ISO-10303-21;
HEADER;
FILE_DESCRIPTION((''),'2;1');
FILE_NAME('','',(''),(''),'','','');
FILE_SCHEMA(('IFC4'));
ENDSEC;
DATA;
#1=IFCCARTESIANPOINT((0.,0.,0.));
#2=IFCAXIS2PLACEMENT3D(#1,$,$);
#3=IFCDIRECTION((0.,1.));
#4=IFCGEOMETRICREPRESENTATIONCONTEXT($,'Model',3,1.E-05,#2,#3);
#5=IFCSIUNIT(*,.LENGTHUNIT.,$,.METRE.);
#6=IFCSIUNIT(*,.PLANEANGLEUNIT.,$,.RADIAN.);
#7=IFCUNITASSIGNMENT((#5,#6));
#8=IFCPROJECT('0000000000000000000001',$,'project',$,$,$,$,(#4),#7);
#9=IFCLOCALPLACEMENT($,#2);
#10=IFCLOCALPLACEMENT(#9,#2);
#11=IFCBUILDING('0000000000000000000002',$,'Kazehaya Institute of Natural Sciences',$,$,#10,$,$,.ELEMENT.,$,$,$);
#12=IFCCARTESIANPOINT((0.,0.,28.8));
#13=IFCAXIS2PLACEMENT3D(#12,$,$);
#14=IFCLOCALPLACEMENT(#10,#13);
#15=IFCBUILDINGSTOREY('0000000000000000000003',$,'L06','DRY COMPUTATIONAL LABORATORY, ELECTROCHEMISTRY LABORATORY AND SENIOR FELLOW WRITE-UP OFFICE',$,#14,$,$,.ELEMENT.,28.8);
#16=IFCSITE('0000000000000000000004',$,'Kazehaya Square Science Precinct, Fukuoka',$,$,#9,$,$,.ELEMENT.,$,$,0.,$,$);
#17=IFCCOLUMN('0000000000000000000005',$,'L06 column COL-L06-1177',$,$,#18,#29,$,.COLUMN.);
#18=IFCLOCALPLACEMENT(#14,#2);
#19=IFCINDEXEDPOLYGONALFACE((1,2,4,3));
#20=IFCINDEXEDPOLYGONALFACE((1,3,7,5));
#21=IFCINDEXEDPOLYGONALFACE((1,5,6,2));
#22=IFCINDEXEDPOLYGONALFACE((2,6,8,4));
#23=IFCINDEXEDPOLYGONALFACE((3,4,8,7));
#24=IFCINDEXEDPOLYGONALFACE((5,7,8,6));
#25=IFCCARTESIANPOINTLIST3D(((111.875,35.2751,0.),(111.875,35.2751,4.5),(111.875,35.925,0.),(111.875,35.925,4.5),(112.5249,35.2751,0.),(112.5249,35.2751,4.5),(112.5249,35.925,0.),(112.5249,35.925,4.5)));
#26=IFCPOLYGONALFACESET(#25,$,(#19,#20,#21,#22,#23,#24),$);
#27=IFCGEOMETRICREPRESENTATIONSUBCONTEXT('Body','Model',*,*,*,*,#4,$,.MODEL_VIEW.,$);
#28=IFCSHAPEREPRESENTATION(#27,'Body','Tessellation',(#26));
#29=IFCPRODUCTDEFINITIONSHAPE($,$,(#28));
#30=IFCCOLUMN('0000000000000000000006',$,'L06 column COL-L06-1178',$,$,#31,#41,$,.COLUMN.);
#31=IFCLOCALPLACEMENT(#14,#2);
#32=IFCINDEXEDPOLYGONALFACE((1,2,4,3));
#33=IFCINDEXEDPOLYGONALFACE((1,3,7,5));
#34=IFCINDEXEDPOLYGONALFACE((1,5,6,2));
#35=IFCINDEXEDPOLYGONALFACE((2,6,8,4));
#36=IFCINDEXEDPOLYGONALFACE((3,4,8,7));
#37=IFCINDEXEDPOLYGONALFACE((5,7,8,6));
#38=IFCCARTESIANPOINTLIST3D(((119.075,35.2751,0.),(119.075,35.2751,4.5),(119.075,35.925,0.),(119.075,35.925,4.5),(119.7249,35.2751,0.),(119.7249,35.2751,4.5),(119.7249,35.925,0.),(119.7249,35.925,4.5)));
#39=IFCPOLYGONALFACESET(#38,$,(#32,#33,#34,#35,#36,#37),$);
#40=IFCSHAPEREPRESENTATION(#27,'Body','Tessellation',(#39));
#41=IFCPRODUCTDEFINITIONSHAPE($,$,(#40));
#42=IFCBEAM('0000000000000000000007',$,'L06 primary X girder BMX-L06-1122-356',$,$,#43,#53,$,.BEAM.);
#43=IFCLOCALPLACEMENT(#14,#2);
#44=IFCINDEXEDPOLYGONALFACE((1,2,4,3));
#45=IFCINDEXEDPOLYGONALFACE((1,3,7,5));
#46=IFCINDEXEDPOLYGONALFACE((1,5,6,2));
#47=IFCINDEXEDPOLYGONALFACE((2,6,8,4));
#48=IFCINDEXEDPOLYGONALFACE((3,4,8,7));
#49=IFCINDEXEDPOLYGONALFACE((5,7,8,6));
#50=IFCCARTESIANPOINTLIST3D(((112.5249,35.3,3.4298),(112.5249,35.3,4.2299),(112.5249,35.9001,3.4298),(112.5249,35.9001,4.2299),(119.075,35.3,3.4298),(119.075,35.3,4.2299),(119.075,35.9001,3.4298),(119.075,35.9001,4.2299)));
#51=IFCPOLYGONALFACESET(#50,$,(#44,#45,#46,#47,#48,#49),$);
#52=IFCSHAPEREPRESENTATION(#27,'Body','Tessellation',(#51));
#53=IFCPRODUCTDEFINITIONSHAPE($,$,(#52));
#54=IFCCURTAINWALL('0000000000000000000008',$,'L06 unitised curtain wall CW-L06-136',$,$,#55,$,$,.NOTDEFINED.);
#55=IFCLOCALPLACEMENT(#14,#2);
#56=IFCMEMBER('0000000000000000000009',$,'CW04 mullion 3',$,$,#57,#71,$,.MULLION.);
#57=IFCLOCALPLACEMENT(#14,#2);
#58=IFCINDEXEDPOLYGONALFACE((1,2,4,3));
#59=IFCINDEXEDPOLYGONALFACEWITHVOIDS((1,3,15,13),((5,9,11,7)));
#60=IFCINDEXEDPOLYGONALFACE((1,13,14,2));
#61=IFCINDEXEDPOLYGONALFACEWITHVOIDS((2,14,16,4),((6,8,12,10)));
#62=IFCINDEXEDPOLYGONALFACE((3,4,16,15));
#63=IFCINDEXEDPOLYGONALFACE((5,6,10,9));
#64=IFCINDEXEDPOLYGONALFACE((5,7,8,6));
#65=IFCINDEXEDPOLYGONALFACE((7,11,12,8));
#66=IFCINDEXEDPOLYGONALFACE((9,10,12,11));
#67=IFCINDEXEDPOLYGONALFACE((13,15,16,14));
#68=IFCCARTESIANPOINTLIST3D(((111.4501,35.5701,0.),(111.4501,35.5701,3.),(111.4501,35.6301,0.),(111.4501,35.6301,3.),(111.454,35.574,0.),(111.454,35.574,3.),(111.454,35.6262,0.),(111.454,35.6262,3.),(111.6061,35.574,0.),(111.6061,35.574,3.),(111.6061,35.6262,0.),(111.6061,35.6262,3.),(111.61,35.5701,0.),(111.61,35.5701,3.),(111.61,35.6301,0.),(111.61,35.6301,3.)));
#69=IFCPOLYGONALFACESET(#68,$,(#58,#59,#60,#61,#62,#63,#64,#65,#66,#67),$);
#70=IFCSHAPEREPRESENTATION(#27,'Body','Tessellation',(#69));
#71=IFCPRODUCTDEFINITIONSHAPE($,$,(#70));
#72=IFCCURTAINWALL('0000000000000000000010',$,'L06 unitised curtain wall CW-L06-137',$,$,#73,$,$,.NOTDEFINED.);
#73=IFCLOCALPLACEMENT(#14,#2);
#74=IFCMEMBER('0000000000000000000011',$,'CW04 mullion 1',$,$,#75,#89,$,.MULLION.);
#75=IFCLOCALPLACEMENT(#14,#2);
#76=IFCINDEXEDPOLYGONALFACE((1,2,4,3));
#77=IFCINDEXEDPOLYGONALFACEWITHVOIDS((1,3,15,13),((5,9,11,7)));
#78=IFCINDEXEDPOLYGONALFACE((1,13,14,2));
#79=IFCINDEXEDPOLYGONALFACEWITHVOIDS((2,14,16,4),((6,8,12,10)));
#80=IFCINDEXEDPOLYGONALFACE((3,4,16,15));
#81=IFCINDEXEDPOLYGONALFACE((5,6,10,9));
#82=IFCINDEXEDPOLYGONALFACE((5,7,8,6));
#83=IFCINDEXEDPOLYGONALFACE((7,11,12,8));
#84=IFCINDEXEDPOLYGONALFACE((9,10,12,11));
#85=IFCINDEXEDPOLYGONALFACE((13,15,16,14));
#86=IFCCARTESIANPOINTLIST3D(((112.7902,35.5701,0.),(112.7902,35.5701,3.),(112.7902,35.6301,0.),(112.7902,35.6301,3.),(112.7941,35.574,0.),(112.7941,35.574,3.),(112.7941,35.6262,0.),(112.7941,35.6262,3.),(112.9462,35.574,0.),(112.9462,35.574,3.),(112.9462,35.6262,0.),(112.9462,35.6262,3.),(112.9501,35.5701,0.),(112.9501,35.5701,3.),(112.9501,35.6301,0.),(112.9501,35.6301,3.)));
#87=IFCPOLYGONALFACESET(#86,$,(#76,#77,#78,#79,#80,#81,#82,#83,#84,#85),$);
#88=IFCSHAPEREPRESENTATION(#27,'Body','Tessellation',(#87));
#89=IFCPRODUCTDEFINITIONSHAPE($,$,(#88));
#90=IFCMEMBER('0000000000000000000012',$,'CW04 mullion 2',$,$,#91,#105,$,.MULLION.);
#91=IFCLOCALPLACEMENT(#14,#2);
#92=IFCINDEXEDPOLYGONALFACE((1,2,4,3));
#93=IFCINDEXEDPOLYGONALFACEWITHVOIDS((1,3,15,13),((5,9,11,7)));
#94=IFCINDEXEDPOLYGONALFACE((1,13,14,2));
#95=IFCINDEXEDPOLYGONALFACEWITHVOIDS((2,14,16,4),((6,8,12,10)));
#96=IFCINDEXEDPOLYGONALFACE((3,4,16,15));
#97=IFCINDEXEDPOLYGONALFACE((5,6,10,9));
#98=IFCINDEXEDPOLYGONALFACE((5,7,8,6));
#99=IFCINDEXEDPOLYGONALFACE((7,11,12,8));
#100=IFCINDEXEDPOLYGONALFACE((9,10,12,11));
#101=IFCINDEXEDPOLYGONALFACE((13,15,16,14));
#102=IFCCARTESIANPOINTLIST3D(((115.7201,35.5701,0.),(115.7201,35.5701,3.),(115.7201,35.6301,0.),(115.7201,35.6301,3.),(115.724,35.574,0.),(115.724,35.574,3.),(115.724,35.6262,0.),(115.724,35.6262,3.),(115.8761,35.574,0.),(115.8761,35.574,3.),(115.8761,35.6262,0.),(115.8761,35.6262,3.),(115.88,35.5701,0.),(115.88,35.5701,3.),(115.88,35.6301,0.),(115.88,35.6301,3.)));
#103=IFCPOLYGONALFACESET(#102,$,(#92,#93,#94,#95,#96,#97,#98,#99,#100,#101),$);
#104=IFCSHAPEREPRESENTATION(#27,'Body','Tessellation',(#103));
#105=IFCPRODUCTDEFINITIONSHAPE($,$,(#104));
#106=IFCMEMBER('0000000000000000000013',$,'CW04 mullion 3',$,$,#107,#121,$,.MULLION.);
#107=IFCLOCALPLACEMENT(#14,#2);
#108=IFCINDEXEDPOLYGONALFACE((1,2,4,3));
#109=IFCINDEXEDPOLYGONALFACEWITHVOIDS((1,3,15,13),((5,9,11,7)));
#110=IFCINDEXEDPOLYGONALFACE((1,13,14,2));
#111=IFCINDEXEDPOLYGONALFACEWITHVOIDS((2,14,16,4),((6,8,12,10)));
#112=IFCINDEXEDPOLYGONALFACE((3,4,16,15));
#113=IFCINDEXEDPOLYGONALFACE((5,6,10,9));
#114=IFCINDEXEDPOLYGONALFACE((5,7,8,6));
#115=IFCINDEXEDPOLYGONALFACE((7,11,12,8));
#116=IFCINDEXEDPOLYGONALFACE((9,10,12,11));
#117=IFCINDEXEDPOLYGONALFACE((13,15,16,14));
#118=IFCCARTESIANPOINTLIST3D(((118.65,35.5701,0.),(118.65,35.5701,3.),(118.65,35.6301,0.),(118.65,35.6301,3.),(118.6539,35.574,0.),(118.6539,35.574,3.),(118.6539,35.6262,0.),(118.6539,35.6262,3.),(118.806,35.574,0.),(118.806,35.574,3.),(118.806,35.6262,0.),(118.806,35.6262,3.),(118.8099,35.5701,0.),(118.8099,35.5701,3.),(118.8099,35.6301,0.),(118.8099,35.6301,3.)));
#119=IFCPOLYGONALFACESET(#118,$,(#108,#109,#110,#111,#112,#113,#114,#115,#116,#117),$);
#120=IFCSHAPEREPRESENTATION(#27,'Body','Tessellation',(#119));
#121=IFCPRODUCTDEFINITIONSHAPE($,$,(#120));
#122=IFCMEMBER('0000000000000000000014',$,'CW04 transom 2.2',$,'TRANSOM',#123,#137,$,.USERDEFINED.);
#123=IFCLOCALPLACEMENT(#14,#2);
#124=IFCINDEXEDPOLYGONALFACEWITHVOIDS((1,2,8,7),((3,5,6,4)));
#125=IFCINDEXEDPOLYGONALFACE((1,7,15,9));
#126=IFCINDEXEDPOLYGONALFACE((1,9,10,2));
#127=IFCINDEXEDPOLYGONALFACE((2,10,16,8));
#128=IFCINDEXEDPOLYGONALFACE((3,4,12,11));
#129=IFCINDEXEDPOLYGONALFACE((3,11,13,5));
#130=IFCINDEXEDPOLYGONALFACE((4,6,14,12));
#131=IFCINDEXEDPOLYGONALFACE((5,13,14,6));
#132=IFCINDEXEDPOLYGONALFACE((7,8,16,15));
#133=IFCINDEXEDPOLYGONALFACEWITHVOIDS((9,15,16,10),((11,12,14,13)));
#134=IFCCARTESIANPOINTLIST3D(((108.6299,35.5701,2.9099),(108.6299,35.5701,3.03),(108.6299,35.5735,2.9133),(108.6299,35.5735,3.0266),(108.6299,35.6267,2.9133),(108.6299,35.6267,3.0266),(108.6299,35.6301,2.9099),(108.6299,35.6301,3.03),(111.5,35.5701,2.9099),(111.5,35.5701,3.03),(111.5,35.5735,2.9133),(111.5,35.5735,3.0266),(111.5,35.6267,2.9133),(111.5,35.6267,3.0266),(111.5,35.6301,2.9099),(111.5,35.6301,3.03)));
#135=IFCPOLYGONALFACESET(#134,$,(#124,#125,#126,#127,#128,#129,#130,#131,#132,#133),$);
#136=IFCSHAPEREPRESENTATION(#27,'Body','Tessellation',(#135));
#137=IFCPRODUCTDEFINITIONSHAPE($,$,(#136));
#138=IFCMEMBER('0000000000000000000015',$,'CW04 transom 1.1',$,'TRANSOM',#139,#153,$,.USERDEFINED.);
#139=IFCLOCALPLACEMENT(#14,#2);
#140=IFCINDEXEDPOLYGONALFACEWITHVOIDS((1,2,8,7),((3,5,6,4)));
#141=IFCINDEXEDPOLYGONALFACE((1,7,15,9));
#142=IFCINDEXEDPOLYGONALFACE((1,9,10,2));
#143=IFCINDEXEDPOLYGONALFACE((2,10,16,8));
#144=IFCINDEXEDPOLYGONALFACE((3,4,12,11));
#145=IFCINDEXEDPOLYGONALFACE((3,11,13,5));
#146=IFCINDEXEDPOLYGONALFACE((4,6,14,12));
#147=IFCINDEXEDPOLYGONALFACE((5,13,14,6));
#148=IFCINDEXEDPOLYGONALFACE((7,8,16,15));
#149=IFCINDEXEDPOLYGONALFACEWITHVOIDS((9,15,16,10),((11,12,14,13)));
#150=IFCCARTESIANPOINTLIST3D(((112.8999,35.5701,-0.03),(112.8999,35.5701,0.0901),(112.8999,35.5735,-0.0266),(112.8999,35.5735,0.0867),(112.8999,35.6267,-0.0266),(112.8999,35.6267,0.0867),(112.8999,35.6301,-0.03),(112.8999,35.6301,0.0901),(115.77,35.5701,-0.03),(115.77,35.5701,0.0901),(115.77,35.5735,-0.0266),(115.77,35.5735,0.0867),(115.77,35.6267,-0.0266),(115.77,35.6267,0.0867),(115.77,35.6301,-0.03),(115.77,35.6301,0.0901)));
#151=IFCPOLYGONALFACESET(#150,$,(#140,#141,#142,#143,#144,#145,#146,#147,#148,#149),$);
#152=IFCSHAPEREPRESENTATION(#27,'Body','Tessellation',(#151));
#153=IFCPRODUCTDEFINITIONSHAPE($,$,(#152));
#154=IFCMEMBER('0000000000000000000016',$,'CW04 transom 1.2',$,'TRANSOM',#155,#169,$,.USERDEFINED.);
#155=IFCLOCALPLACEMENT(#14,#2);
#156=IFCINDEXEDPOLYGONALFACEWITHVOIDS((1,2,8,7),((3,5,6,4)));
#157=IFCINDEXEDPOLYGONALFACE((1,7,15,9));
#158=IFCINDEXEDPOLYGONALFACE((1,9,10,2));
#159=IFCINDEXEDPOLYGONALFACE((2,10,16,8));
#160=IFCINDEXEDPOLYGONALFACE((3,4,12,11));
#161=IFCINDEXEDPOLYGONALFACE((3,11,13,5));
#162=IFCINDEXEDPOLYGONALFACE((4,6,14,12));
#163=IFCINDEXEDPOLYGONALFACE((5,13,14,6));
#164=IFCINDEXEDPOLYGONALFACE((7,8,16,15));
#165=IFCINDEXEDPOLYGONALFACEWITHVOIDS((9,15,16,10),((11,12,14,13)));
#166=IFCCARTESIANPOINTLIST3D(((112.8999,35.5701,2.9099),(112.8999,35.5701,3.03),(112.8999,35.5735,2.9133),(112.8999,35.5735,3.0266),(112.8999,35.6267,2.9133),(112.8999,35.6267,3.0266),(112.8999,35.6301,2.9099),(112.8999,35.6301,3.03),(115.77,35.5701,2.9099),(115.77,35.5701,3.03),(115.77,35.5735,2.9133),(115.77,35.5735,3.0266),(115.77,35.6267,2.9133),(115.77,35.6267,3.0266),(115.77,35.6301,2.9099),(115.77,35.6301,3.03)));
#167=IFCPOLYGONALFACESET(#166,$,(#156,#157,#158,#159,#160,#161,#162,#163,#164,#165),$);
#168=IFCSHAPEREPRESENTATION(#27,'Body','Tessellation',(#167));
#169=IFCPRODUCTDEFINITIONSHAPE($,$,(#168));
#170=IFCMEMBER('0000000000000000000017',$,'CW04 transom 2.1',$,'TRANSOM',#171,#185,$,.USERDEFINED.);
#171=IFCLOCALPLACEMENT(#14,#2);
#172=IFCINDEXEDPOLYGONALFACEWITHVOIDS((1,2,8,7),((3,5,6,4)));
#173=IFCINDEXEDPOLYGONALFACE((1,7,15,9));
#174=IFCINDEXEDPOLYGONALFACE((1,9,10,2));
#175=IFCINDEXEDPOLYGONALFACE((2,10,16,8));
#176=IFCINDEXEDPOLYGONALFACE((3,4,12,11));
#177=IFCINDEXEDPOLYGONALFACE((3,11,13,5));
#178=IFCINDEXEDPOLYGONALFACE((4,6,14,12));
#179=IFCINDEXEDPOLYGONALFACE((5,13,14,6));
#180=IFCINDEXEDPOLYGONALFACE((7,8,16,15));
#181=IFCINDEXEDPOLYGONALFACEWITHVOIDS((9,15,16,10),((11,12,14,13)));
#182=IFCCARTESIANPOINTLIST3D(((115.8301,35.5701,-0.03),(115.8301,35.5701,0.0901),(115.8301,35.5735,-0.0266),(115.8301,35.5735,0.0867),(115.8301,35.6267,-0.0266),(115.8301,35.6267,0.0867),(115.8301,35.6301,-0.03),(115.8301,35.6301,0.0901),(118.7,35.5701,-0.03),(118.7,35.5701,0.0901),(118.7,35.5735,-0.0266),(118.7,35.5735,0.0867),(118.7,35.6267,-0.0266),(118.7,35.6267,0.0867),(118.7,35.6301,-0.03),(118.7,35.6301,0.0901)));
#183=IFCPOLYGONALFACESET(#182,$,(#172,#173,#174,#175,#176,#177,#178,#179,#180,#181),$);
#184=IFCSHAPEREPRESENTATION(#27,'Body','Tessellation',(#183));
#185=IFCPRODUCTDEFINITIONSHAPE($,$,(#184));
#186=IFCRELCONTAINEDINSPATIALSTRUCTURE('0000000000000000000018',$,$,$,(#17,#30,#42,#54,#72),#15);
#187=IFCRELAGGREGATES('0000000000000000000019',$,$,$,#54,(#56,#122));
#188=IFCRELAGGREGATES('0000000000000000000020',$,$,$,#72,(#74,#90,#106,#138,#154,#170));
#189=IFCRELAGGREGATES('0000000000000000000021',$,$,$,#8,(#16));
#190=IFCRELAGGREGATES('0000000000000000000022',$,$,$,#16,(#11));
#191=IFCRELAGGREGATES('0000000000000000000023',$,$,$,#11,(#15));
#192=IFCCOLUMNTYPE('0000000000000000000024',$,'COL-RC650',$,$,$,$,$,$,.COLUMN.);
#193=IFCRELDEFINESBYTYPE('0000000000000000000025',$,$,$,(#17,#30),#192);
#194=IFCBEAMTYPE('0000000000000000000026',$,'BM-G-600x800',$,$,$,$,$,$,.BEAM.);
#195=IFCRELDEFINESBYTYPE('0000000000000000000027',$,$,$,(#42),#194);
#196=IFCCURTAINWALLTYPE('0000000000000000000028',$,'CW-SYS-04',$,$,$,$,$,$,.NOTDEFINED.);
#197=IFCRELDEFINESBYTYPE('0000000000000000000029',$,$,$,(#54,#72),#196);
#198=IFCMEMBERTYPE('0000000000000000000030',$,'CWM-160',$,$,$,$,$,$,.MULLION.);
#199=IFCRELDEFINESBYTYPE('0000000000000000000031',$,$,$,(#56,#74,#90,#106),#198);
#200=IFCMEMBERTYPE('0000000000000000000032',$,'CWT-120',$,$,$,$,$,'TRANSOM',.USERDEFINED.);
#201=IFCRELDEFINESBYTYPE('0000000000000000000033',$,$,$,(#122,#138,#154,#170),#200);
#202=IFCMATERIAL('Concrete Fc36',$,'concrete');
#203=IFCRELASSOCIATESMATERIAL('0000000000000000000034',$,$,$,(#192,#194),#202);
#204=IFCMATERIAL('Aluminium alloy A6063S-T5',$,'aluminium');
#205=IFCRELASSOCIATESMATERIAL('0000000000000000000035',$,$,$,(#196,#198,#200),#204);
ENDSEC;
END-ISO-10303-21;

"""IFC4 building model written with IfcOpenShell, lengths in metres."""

from ifc_helpers import new_model, si_unit, direction, frame, origin, origin_2d, place, context, subcontext, project, spatial, rectangle, hollow_rectangle, extrude, material, material_profile, profile_set, type_object, element, aggregate, save


model = new_model("IFC4")

# Units and contexts
model_context = context("Model", 3, precision=1e-05, world=origin(), true_north=direction((0.0, 1.0)))
body_context = subcontext(model_context, "Body", "Model", "MODEL_VIEW")
ifc_project = project(units=[si_unit("LENGTHUNIT", "METRE"), si_unit("PLANEANGLEUNIT", "RADIAN")], contexts=[model_context])

# Site, building, storey
site_placement = place(None, origin())
site = spatial("IfcSite", under=ifc_project, at=site_placement, Name="Kazehaya Square Science Precinct, Fukuoka", CompositionType="ELEMENT", RefElevation=0.0)
building_placement = place(site_placement, origin())
building = spatial("IfcBuilding", under=site, at=building_placement, Name="Kazehaya Institute of Natural Sciences", CompositionType="ELEMENT")
storey_placement = place(building_placement, frame((0.0, 0.0, 28.8)))
storey = spatial("IfcBuildingStorey", under=building, at=storey_placement, Name="L06", Description="DRY COMPUTATIONAL LABORATORY, ELECTROCHEMISTRY LABORATORY AND SENIOR FELLOW WRITE-UP OFFICE", CompositionType="ELEMENT", Elevation=28.8)

# Columns
ifc_material_1 = material(Name="Concrete Fc36", Category="concrete")
ifc_material_profile_1 = material_profile(ifc_material_1, rectangle(XDim=0.6499, YDim=0.6499, at=origin_2d()), Name="RC-650x650")
ifc_profile_set_1 = profile_set([ifc_material_profile_1], Name="Concrete Fc36")
column_type = type_object("IfcColumnType", Name="COL-RC650", PredefinedType="COLUMN", material=ifc_profile_set_1)
for number, where, z_axis, x_axis, name in (
    (1, (112.2, 35.6001, 0.0), (0.0, 0.0, 1.0), (1.0, 0.0, 0.0), "L06 column COL-L06-1177"),
    (2, (119.3999, 35.6001, 0.0), (0.0, 0.0, 1.0), (1.0, 0.0, 0.0), "L06 column COL-L06-1178"),
):
    element("IfcColumn", number, at=place(storey_placement, frame(where, z_axis=z_axis, x_axis=x_axis)), inside=storey, type_object=column_type, Name=name, PredefinedType="COLUMN", context=body_context, shape_type="SweptSolid", body=[
        extrude(rectangle(XDim=0.6499, YDim=0.6499, at=origin_2d()), origin(), (0.0, 0.0, 1.0), 4.5),
    ])

# Beam
ifc_material_profile_2 = material_profile(ifc_material_1, rectangle(XDim=0.6001, YDim=0.8, at=origin_2d()), Name="RC-600x800")
ifc_profile_set_2 = profile_set([ifc_material_profile_2], Name="Concrete Fc36")
beam_type = type_object("IfcBeamType", Name="BM-G-600x800", PredefinedType="BEAM", material=ifc_profile_set_2)
beam_placement = place(storey_placement, frame((112.5249, 35.6001, 3.8298), z_axis=(1.0, 0.0, 0.0), x_axis=(0.0, 1.0, 0.0)))
element("IfcBeam", 3, at=beam_placement, inside=storey, type_object=beam_type, Name="L06 primary X girder BMX-L06-1122-356", PredefinedType="BEAM", context=body_context, shape_type="SweptSolid", body=[
    extrude(rectangle(XDim=0.6001, YDim=0.8, at=origin_2d()), origin(), (0.0, 0.0, 1.0), 6.55),
])

# Curtain wall, member
ifc_material_2 = material(Name="Aluminium alloy A6063S-T5", Category="aluminium")
curtain_wall_type = type_object("IfcCurtainWallType", Name="CW-SYS-04", PredefinedType="NOTDEFINED", material=ifc_material_2)
curtain_wall_1_placement = place(storey_placement, origin())
curtain_wall_1 = element("IfcCurtainWall", 4, at=curtain_wall_1_placement, inside=storey, type_object=curtain_wall_type, Name="L06 unitised curtain wall CW-L06-136", PredefinedType="NOTDEFINED")
ifc_material_profile_3 = material_profile(ifc_material_2, hollow_rectangle(XDim=0.0601, YDim=0.1599, WallThickness=0.0039, at=origin_2d()), Name="ALU-60x160x4")
ifc_profile_set_3 = profile_set([ifc_material_profile_3], Name="Aluminium alloy A6063S-T5")
member_type_1 = type_object("IfcMemberType", Name="CWM-160", PredefinedType="MULLION", material=ifc_profile_set_3)
member_1_placement = place(storey_placement, frame((111.53, 35.6001, 0.0), z_axis=(0.0, 0.0, 1.0), x_axis=(0.0, 1.0, 0.0)))
member_1 = element("IfcMember", 5, at=member_1_placement, type_object=member_type_1, Name="CW04 mullion 3", PredefinedType="MULLION", context=body_context, shape_type="SweptSolid", body=[
    extrude(hollow_rectangle(XDim=0.0601, YDim=0.1599, WallThickness=0.0039, at=origin_2d()), origin(), (0.0, 0.0, 1.0), 3.0),
])

# Curtain wall, members
curtain_wall_2_placement = place(storey_placement, origin())
curtain_wall_2 = element("IfcCurtainWall", 6, at=curtain_wall_2_placement, inside=storey, type_object=curtain_wall_type, Name="L06 unitised curtain wall CW-L06-137", PredefinedType="NOTDEFINED")
member_2_placement = place(storey_placement, frame((112.8701, 35.6001, 0.0), z_axis=(0.0, 0.0, 1.0), x_axis=(0.0, 1.0, 0.0)))
member_2 = element("IfcMember", 7, at=member_2_placement, type_object=member_type_1, Name="CW04 mullion 1", PredefinedType="MULLION", context=body_context, shape_type="SweptSolid", body=[
    extrude(hollow_rectangle(XDim=0.0601, YDim=0.1599, WallThickness=0.0039, at=origin_2d()), origin(), (0.0, 0.0, 1.0), 3.0),
])
member_3_placement = place(storey_placement, frame((115.8, 35.6001, 0.0), z_axis=(0.0, 0.0, 1.0), x_axis=(0.0, 1.0, 0.0)))
member_3 = element("IfcMember", 8, at=member_3_placement, type_object=member_type_1, Name="CW04 mullion 2", PredefinedType="MULLION", context=body_context, shape_type="SweptSolid", body=[
    extrude(hollow_rectangle(XDim=0.0601, YDim=0.1599, WallThickness=0.0039, at=origin_2d()), origin(), (0.0, 0.0, 1.0), 3.0),
])
member_4_placement = place(storey_placement, frame((118.73, 35.6001, 0.0), z_axis=(0.0, 0.0, 1.0), x_axis=(0.0, 1.0, 0.0)))
member_4 = element("IfcMember", 9, at=member_4_placement, type_object=member_type_1, Name="CW04 mullion 3", PredefinedType="MULLION", context=body_context, shape_type="SweptSolid", body=[
    extrude(hollow_rectangle(XDim=0.0601, YDim=0.1599, WallThickness=0.0039, at=origin_2d()), origin(), (0.0, 0.0, 1.0), 3.0),
])

# Members
ifc_material_profile_4 = material_profile(ifc_material_2, hollow_rectangle(XDim=0.0601, YDim=0.1201, WallThickness=0.0034, at=origin_2d()), Name="ALU-60x120x3.5")
ifc_profile_set_4 = profile_set([ifc_material_profile_4], Name="Aluminium alloy A6063S-T5")
member_type_2 = type_object("IfcMemberType", Name="CWT-120", ElementType="TRANSOM", PredefinedType="USERDEFINED", material=ifc_profile_set_4)
member_5_placement = place(storey_placement, frame((108.6299, 35.6001, 2.97), z_axis=(1.0, 0.0, 0.0), x_axis=(0.0, 1.0, 0.0)))
member_5 = element("IfcMember", 10, at=member_5_placement, type_object=member_type_2, Name="CW04 transom 2.2", ObjectType="TRANSOM", PredefinedType="USERDEFINED", context=body_context, shape_type="SweptSolid", body=[
    extrude(hollow_rectangle(XDim=0.0601, YDim=0.1201, WallThickness=0.0034, at=origin_2d()), origin(), (0.0, 0.0, 1.0), 2.8701),
])
member_6_placement = place(storey_placement, frame((112.8999, 35.6001, 0.03), z_axis=(1.0, 0.0, 0.0), x_axis=(0.0, 1.0, 0.0)))
member_6 = element("IfcMember", 11, at=member_6_placement, type_object=member_type_2, Name="CW04 transom 1.1", ObjectType="TRANSOM", PredefinedType="USERDEFINED", context=body_context, shape_type="SweptSolid", body=[
    extrude(hollow_rectangle(XDim=0.0601, YDim=0.1201, WallThickness=0.0034, at=origin_2d()), origin(), (0.0, 0.0, 1.0), 2.8701),
])
member_7_placement = place(storey_placement, frame((112.8999, 35.6001, 2.97), z_axis=(1.0, 0.0, 0.0), x_axis=(0.0, 1.0, 0.0)))
member_7 = element("IfcMember", 12, at=member_7_placement, type_object=member_type_2, Name="CW04 transom 1.2", ObjectType="TRANSOM", PredefinedType="USERDEFINED", context=body_context, shape_type="SweptSolid", body=[
    extrude(hollow_rectangle(XDim=0.0601, YDim=0.1201, WallThickness=0.0034, at=origin_2d()), origin(), (0.0, 0.0, 1.0), 2.8701),
])
member_8_placement = place(storey_placement, frame((115.8301, 35.6001, 0.03), z_axis=(1.0, 0.0, 0.0), x_axis=(0.0, 1.0, 0.0)))
member_8 = element("IfcMember", 13, at=member_8_placement, type_object=member_type_2, Name="CW04 transom 2.1", ObjectType="TRANSOM", PredefinedType="USERDEFINED", context=body_context, shape_type="SweptSolid", body=[
    extrude(hollow_rectangle(XDim=0.0601, YDim=0.1201, WallThickness=0.0034, at=origin_2d()), origin(), (0.0, 0.0, 1.0), 2.8699),
])

aggregate(curtain_wall_1, [member_1, member_5])
aggregate(curtain_wall_2, [member_2, member_3, member_4, member_6, member_7, member_8])

save(model, "model.ifc")
